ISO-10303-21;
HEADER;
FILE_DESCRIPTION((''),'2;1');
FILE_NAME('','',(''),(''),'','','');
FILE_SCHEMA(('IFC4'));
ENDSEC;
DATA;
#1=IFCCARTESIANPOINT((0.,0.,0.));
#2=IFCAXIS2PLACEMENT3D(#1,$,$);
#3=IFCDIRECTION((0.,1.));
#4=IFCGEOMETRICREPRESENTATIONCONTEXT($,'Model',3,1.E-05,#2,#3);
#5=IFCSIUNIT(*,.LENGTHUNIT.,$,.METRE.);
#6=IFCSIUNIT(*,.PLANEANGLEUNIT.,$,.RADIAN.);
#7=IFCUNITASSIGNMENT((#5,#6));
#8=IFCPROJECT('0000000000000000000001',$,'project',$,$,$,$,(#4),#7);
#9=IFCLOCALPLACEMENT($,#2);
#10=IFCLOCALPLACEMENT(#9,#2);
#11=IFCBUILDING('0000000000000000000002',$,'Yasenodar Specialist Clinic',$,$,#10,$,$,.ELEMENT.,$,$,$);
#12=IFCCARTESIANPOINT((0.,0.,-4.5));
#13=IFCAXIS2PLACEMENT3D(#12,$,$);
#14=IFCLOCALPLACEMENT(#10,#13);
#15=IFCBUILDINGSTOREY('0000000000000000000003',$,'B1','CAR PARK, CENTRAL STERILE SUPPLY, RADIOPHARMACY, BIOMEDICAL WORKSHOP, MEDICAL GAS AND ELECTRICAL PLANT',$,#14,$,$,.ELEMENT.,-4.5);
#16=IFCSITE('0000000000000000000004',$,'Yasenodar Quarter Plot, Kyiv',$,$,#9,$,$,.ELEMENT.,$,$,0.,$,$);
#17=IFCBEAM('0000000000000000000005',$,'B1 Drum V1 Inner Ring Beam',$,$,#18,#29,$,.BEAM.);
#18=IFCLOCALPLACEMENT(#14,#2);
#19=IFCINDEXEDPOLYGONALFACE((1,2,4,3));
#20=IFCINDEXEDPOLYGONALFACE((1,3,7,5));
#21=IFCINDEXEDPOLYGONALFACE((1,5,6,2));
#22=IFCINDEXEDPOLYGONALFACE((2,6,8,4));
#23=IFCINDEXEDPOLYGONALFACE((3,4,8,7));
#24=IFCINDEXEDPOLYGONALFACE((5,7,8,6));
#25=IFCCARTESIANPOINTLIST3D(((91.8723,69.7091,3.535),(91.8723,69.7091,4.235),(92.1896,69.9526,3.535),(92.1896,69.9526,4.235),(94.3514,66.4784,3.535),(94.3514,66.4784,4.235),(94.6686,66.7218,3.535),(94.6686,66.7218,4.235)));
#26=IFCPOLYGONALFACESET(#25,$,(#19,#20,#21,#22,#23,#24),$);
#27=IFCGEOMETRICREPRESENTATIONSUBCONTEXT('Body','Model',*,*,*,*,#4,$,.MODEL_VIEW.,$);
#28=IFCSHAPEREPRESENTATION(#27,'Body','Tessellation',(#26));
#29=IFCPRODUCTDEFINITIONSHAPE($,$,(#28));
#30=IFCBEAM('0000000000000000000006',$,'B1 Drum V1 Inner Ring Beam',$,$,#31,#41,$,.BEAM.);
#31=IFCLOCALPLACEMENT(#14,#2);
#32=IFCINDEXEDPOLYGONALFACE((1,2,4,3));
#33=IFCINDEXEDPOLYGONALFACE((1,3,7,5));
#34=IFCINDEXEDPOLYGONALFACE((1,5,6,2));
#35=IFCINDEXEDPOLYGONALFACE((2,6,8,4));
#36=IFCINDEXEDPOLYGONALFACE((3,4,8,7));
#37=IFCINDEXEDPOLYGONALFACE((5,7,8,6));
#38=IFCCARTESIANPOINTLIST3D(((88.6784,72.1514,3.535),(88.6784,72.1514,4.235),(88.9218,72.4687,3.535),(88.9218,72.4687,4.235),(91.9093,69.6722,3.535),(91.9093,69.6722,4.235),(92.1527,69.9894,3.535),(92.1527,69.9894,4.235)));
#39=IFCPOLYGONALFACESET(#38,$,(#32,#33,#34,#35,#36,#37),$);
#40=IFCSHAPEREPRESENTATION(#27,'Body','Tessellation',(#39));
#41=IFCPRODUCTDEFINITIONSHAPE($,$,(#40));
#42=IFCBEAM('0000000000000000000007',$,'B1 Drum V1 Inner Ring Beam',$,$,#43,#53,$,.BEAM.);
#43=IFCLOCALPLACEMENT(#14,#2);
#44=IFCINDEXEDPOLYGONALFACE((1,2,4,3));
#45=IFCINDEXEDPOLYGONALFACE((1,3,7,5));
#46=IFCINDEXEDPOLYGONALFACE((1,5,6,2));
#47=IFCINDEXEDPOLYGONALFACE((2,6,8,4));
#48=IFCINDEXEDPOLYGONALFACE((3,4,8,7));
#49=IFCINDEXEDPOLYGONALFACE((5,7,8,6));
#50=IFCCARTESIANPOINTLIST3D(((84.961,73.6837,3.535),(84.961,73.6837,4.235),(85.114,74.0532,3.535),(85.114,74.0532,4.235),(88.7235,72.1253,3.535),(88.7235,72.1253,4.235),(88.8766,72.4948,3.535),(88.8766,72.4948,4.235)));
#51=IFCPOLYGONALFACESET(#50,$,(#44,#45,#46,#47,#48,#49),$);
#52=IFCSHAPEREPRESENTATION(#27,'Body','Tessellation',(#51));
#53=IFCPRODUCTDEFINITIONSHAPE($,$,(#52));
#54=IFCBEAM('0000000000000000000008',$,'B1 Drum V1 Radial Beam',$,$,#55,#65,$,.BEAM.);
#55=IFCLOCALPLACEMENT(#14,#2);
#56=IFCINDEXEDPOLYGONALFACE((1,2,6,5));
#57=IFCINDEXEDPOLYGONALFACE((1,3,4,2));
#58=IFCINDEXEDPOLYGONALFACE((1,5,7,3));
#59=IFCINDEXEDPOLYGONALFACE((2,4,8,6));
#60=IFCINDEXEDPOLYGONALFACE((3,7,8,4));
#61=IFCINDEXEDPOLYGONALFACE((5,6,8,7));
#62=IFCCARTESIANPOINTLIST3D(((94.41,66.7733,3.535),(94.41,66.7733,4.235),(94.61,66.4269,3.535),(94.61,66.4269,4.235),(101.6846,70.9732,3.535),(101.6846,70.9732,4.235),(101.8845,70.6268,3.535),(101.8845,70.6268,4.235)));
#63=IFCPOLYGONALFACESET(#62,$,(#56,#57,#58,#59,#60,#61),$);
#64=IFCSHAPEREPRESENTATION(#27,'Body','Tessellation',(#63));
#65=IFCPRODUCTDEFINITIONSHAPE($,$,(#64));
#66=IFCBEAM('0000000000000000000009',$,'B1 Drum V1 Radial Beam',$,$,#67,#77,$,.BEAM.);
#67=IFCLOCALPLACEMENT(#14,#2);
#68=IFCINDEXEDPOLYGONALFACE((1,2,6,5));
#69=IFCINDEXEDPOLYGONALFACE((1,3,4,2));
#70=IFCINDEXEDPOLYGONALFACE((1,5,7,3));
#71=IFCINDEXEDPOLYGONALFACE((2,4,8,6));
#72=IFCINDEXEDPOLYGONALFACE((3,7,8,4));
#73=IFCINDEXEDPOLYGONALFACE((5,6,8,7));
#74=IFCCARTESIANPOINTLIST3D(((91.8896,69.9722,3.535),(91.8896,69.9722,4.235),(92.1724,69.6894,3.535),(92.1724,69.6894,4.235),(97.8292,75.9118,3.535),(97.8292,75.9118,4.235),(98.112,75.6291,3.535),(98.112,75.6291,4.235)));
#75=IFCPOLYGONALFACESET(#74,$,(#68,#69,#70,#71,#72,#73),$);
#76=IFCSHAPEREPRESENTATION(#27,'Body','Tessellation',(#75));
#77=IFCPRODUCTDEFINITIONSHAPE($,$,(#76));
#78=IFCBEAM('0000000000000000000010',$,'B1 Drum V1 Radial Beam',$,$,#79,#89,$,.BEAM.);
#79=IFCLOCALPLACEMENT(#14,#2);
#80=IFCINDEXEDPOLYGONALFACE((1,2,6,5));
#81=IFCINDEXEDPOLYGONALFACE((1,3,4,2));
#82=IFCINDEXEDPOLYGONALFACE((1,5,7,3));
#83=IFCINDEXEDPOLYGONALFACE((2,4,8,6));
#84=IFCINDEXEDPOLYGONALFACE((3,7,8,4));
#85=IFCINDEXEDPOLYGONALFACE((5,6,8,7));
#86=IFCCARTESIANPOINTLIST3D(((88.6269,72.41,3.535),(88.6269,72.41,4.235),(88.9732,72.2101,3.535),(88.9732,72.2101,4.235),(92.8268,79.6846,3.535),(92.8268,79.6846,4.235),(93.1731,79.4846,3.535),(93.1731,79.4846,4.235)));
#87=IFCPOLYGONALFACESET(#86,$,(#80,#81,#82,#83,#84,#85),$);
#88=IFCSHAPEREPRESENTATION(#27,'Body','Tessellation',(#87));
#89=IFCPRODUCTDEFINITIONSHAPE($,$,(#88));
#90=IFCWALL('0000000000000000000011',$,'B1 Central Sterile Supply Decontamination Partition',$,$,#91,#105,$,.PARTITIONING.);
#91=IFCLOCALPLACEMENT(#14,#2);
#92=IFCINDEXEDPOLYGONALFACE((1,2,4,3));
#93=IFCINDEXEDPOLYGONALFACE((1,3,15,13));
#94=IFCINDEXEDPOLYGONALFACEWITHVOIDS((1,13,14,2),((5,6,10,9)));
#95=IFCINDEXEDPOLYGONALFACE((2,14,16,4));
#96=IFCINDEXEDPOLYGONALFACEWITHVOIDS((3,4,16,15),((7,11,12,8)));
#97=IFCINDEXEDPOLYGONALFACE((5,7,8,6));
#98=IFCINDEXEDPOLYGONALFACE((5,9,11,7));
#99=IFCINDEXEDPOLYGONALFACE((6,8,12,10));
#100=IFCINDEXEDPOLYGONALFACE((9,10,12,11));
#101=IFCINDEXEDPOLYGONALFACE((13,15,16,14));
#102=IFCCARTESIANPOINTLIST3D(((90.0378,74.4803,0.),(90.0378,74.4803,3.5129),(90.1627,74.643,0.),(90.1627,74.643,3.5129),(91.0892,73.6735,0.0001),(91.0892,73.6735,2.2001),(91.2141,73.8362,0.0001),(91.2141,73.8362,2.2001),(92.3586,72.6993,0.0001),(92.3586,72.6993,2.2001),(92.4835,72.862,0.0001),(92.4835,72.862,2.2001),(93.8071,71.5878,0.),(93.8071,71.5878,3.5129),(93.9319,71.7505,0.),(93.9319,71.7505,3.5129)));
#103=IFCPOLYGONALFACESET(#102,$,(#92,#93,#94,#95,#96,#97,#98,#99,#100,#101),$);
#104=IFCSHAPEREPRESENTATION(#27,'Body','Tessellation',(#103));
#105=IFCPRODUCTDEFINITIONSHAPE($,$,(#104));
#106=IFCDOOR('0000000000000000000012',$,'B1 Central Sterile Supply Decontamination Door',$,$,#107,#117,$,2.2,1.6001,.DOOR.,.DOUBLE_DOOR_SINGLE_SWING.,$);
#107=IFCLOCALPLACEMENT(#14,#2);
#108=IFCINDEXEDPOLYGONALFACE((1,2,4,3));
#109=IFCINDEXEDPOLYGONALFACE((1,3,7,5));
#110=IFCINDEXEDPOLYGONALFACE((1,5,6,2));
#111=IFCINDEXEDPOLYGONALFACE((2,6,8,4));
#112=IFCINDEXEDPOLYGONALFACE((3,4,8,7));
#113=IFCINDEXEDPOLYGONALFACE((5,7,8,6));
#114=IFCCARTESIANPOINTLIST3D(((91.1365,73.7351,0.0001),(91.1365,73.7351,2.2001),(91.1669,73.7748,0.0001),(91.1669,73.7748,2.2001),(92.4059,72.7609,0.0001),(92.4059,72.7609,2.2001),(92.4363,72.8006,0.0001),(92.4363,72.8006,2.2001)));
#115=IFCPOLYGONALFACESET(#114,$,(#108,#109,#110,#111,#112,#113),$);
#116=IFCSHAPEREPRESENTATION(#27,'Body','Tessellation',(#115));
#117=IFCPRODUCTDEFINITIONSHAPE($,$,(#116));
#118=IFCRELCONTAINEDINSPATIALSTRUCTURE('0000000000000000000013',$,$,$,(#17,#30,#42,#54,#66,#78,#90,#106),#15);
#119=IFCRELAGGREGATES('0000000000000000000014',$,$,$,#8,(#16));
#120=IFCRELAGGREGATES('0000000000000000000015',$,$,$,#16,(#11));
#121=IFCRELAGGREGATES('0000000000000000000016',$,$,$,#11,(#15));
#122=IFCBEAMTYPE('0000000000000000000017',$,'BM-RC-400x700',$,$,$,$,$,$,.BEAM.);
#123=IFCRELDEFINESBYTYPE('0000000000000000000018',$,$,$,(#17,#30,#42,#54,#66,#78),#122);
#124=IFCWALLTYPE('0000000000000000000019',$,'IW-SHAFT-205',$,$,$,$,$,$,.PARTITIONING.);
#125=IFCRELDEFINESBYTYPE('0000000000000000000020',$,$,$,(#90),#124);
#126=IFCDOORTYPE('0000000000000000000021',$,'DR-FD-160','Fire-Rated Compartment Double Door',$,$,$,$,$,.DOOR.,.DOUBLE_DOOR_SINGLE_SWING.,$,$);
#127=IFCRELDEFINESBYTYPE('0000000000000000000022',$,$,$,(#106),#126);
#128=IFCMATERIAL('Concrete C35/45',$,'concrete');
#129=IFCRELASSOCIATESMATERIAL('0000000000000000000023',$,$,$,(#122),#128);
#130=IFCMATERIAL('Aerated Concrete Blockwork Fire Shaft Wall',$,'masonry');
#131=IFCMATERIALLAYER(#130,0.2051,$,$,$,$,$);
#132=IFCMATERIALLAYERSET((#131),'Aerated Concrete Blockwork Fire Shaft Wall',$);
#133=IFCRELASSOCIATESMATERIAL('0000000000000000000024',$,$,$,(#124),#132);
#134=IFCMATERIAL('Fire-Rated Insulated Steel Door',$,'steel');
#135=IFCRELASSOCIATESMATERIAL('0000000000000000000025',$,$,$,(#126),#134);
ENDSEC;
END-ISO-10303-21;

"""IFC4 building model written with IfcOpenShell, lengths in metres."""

from ifc_helpers import new_model, si_unit, direction, frame, frame_2d, origin, origin_2d, place, context, subcontext, project, spatial, rectangle, extrude, material, layer, layer_set, material_profile, profile_set, type_object, element, fill, save


model = new_model("IFC4")

# Units and contexts
model_context = context("Model", 3, precision=1e-05, world=origin(), true_north=direction((0.0, 1.0)))
body_context = subcontext(model_context, "Body", "Model", "MODEL_VIEW")
ifc_project = project(units=[si_unit("LENGTHUNIT", "METRE"), si_unit("PLANEANGLEUNIT", "RADIAN")], contexts=[model_context])

# Site, building, storey
site_placement = place(None, origin())
site = spatial("IfcSite", under=ifc_project, at=site_placement, Name="Yasenodar Quarter Plot, Kyiv", CompositionType="ELEMENT", RefElevation=0.0)
building_placement = place(site_placement, origin())
building = spatial("IfcBuilding", under=site, at=building_placement, Name="Yasenodar Specialist Clinic", CompositionType="ELEMENT")
storey_placement = place(building_placement, frame((0.0, 0.0, -4.5)))
storey = spatial("IfcBuildingStorey", under=building, at=storey_placement, Name="B1", Description="CAR PARK, CENTRAL STERILE SUPPLY, RADIOPHARMACY, BIOMEDICAL WORKSHOP, MEDICAL GAS AND ELECTRICAL PLANT", CompositionType="ELEMENT", Elevation=-4.5)

# Shared definitions
ifc_material_1 = material(Name="Concrete C35/45", Category="concrete")

# Beams
ifc_material_profile_1 = material_profile(ifc_material_1, rectangle(XDim=0.3999, YDim=0.7, at=origin_2d()), Name="RC 400x700")
ifc_profile_set_1 = profile_set([ifc_material_profile_1], Name="Concrete C35/45")
beam_type = type_object("IfcBeamType", Name="BM-RC-400x700", PredefinedType="BEAM", material=ifc_profile_set_1)
beam_placement = place(storey_placement, frame((94.51, 66.6001, 3.885), z_axis=(-0.60876, 0.793354, 0.0), x_axis=(-0.793354, -0.60876, 0.0)))
element("IfcBeam", 1, at=beam_placement, inside=storey, type_object=beam_type, Name="B1 Drum V1 Inner Ring Beam", PredefinedType="BEAM", context=body_context, shape_type="SweptSolid", body=[
    extrude(rectangle(XDim=0.3999, YDim=0.7, at=origin_2d()), origin(), (0.0, 0.0, 1.0), 4.0723),
])
for number, where, z_axis, x_axis, name in (
    (2, (92.031, 69.8308, 3.885), (-0.793348, 0.608769, 0.0), (-0.608769, -0.793348, 0.0), "B1 Drum V1 Inner Ring Beam"),
    (3, (88.8, 72.3101, 3.885), (-0.923889, 0.382661, 0.0), (-0.382661, -0.923889, 0.0), "B1 Drum V1 Inner Ring Beam"),
):
    element("IfcBeam", number, at=place(storey_placement, frame(where, z_axis=z_axis, x_axis=x_axis)), inside=storey, type_object=beam_type, Name=name, PredefinedType="BEAM", context=body_context, shape_type="SweptSolid", body=[
        extrude(rectangle(XDim=0.3999, YDim=0.7, at=origin_2d()), origin(), (0.0, 0.0, 1.0), 4.0725),
    ])
for number, where, z_axis, x_axis, name in (
    (4, (94.51, 66.6001, 3.885), (0.866029, 0.499993, 0.0), (-0.499993, 0.866029, 0.0), "B1 Drum V1 Radial Beam"),
    (5, (92.031, 69.8308, 3.885), (0.707107, 0.707107, 0.0), (-0.707107, 0.707107, 0.0), "B1 Drum V1 Radial Beam"),
    (6, (88.8, 72.3101, 3.885), (0.499993, 0.866029, 0.0), (-0.866029, 0.499993, 0.0), "B1 Drum V1 Radial Beam"),
):
    element("IfcBeam", number, at=place(storey_placement, frame(where, z_axis=z_axis, x_axis=x_axis)), inside=storey, type_object=beam_type, Name=name, PredefinedType="BEAM", context=body_context, shape_type="SweptSolid", body=[
        extrude(rectangle(XDim=0.3999, YDim=0.7, at=origin_2d()), origin(), (0.0, 0.0, 1.0), 8.3999),
    ])

# Wall, opening, door
ifc_material_2 = material(Name="Aerated Concrete Blockwork Fire Shaft Wall", Category="masonry")
ifc_layer = layer(ifc_material_2, 0.2051)
ifc_layer_set = layer_set([ifc_layer], Name="Aerated Concrete Blockwork Fire Shaft Wall")
wall_type = type_object("IfcWallType", Name="IW-SHAFT-205", PredefinedType="PARTITIONING", material=ifc_layer_set)
wall_placement = place(storey_placement, frame((93.8694, 71.6692, 0.0), z_axis=(0.0, 0.0, 1.0), x_axis=(-0.793323, 0.608801, 0.0)))
wall = element("IfcWall", 7, at=wall_placement, inside=storey, type_object=wall_type, Name="B1 Central Sterile Supply Decontamination Partition", PredefinedType="PARTITIONING", context=body_context, shape_type="SweptSolid", body=[
    extrude(rectangle(XDim=4.7512, YDim=0.2051, at=frame_2d((2.3755, 0.0))), origin(), (0.0, 0.0, 1.0), 3.5129),
])
opening_placement = place(wall_placement, frame((1.8257, 0.0, 0.0)))
opening = element("IfcOpeningElement", 8, at=opening_placement, cuts=wall, PredefinedType="OPENING", context=body_context, shape_type="SweptSolid", body=[
    extrude(rectangle(XDim=1.6001, YDim=2.2, at=frame_2d((0.8, 1.1001))), frame((0.0, 0.1125, 0.0), z_axis=(0.0, -1.0, 0.0), x_axis=(1.0, 0.0, 0.0)), (0.0, 0.0, 1.0), 0.2251),
])
ifc_material_3 = material(Name="Fire-Rated Insulated Steel Door", Category="steel")
door_type = type_object("IfcDoorType", Name="DR-FD-160", Description="Fire-Rated Compartment Double Door", OperationType="DOUBLE_DOOR_SINGLE_SWING", PredefinedType="DOOR", material=ifc_material_3)
door_placement = place(opening_placement, origin())
door = element("IfcDoor", 9, at=door_placement, inside=storey, type_object=door_type, Name="B1 Central Sterile Supply Decontamination Door", OperationType="DOUBLE_DOOR_SINGLE_SWING", OverallHeight=2.2, OverallWidth=1.6001, PredefinedType="DOOR", context=body_context, shape_type="SweptSolid", body=[
    extrude(rectangle(XDim=1.6001, YDim=2.2, at=frame_2d((0.8, 1.1001))), frame((0.0, 0.0249, 0.0), z_axis=(0.0, -1.0, 0.0), x_axis=(1.0, 0.0, 0.0)), (0.0, 0.0, 1.0), 0.05),
])
fill(opening, door)

save(model, "model.ifc")
